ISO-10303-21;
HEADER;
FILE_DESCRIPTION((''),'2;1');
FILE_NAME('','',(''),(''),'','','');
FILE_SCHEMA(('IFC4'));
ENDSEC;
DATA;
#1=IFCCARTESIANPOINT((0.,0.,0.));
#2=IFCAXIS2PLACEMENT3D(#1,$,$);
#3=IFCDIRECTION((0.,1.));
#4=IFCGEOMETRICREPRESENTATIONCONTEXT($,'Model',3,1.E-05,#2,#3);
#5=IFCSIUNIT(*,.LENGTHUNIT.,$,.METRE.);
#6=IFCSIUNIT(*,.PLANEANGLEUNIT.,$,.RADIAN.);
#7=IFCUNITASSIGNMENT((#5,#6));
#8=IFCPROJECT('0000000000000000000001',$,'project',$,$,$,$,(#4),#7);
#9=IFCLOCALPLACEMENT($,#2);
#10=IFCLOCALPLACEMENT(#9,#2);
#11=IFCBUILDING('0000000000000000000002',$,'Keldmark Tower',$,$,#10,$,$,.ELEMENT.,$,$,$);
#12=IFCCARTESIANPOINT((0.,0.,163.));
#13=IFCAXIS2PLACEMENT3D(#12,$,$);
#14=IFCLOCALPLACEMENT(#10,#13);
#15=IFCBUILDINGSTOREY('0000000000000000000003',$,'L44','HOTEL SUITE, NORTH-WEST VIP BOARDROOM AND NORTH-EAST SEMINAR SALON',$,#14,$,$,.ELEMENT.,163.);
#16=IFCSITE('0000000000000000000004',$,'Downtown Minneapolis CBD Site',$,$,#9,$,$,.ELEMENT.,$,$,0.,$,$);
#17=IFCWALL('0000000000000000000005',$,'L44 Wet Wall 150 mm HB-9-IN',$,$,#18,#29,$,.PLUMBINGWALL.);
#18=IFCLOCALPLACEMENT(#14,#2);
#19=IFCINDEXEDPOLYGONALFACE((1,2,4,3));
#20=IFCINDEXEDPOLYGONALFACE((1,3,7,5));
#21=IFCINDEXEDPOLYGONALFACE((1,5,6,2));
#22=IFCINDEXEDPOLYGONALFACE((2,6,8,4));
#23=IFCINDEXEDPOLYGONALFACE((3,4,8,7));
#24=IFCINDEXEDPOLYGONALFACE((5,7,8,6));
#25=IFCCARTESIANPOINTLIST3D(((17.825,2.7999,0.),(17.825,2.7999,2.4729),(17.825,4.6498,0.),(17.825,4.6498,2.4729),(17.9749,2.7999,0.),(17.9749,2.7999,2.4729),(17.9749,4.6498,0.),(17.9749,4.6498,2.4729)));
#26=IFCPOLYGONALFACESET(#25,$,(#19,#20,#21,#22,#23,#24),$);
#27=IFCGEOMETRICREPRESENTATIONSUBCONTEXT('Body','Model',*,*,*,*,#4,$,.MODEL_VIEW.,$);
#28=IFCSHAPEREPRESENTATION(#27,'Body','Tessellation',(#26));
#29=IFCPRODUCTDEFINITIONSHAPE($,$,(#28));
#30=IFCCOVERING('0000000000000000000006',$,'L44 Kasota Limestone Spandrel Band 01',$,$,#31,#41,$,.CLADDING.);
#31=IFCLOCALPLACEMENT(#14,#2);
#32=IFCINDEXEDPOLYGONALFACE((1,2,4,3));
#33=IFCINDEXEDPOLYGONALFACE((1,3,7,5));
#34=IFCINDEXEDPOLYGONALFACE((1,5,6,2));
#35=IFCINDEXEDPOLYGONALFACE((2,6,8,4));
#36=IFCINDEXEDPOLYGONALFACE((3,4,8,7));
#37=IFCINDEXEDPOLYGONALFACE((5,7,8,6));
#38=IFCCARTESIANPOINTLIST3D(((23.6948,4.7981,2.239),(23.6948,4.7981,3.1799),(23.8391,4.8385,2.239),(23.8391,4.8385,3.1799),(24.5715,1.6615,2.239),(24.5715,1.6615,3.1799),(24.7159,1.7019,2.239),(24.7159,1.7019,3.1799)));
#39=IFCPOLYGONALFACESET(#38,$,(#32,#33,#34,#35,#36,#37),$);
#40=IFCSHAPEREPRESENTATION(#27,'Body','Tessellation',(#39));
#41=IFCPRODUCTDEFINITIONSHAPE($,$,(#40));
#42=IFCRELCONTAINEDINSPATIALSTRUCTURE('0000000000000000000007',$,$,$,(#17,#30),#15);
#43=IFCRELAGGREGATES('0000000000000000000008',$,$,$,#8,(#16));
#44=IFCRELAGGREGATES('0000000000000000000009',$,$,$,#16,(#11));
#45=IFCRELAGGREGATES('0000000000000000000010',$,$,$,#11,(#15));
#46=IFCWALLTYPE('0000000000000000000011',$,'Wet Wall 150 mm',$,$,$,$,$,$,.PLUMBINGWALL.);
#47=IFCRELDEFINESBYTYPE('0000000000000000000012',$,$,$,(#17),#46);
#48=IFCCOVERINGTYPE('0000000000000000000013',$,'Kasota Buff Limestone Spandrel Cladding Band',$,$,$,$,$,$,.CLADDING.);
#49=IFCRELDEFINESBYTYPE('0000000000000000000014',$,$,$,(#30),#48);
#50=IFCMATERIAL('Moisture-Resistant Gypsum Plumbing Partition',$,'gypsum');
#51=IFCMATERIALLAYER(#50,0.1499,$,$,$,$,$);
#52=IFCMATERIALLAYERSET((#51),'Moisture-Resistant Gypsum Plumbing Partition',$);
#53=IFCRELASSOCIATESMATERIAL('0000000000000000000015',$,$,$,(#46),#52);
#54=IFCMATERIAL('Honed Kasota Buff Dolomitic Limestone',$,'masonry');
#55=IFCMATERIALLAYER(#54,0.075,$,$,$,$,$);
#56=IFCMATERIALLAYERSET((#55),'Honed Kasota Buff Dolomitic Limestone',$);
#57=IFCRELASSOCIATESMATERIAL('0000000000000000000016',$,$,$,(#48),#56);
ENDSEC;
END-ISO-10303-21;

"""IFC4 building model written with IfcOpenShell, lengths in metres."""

from ifc_helpers import new_model, si_unit, direction, frame, frame_2d, origin, origin_2d, place, context, subcontext, project, spatial, rectangle, extrude, material, layer, layer_set, type_object, element, save


model = new_model("IFC4")

# Units and contexts
model_context = context("Model", 3, precision=1e-05, world=origin(), true_north=direction((0.0, 1.0)))
body_context = subcontext(model_context, "Body", "Model", "MODEL_VIEW")
ifc_project = project(units=[si_unit("LENGTHUNIT", "METRE"), si_unit("PLANEANGLEUNIT", "RADIAN")], contexts=[model_context])

# Site, building, storey
site_placement = place(None, origin())
site = spatial("IfcSite", under=ifc_project, at=site_placement, Name="Downtown Minneapolis CBD Site", CompositionType="ELEMENT", RefElevation=0.0)
building_placement = place(site_placement, origin())
building = spatial("IfcBuilding", under=site, at=building_placement, Name="Keldmark Tower", CompositionType="ELEMENT")
storey_placement = place(building_placement, frame((0.0, 0.0, 163.0)))
storey = spatial("IfcBuildingStorey", under=building, at=storey_placement, Name="L44", Description="HOTEL SUITE, NORTH-WEST VIP BOARDROOM AND NORTH-EAST SEMINAR SALON", CompositionType="ELEMENT", Elevation=163.0)

# Shared definitions
ifc_material_1 = material(Name="Moisture-Resistant Gypsum Plumbing Partition", Category="gypsum")
ifc_layer_1 = layer(ifc_material_1, 0.1499)
ifc_layer_set_1 = layer_set([ifc_layer_1], Name="Moisture-Resistant Gypsum Plumbing Partition")
wall_type_1 = type_object("IfcWallType", Name="Wet Wall 150 mm", PredefinedType="PLUMBINGWALL", material=ifc_layer_set_1)

# Wall
wall_1_placement = place(storey_placement, frame((17.8999, 2.8, 0.0), z_axis=(0.0, 0.0, 1.0), x_axis=(0.0, 1.0, 0.0)))
element("IfcWall", 1, at=wall_1_placement, inside=storey, type_object=wall_type_1, Name="L44 Wet Wall 150 mm HB-9-IN", PredefinedType="PLUMBINGWALL", context=body_context, shape_type="SweptSolid", body=[
    extrude(rectangle(XDim=1.8499, YDim=0.1499, at=frame_2d((0.9248, 0.0))), origin(), (0.0, 0.0, 1.0), 2.4729),
])

# Covering
ifc_material_2 = material(Name="Honed Kasota Buff Dolomitic Limestone", Category="masonry")
ifc_layer_2 = layer(ifc_material_2, 0.075)
ifc_layer_set_2 = layer_set([ifc_layer_2], Name="Honed Kasota Buff Dolomitic Limestone")
covering_type = type_object("IfcCoveringType", Name="Kasota Buff Limestone Spandrel Cladding Band", PredefinedType="CLADDING", material=ifc_layer_set_2)
covering_placement = place(storey_placement, frame((24.2053, 3.25, 2.239), z_axis=(0.0, 0.0, 1.0), x_axis=(-0.269206, 0.963083, 0.0)))
element("IfcCovering", 2, at=covering_placement, inside=storey, type_object=covering_type, Name="L44 Kasota Limestone Spandrel Band 01", PredefinedType="CLADDING", context=body_context, shape_type="SweptSolid", body=[
    extrude(rectangle(XDim=3.2568, YDim=0.1499, at=origin_2d()), origin(), (0.0, 0.0, 1.0), 0.9409),
])

save(model, "model.ifc")
